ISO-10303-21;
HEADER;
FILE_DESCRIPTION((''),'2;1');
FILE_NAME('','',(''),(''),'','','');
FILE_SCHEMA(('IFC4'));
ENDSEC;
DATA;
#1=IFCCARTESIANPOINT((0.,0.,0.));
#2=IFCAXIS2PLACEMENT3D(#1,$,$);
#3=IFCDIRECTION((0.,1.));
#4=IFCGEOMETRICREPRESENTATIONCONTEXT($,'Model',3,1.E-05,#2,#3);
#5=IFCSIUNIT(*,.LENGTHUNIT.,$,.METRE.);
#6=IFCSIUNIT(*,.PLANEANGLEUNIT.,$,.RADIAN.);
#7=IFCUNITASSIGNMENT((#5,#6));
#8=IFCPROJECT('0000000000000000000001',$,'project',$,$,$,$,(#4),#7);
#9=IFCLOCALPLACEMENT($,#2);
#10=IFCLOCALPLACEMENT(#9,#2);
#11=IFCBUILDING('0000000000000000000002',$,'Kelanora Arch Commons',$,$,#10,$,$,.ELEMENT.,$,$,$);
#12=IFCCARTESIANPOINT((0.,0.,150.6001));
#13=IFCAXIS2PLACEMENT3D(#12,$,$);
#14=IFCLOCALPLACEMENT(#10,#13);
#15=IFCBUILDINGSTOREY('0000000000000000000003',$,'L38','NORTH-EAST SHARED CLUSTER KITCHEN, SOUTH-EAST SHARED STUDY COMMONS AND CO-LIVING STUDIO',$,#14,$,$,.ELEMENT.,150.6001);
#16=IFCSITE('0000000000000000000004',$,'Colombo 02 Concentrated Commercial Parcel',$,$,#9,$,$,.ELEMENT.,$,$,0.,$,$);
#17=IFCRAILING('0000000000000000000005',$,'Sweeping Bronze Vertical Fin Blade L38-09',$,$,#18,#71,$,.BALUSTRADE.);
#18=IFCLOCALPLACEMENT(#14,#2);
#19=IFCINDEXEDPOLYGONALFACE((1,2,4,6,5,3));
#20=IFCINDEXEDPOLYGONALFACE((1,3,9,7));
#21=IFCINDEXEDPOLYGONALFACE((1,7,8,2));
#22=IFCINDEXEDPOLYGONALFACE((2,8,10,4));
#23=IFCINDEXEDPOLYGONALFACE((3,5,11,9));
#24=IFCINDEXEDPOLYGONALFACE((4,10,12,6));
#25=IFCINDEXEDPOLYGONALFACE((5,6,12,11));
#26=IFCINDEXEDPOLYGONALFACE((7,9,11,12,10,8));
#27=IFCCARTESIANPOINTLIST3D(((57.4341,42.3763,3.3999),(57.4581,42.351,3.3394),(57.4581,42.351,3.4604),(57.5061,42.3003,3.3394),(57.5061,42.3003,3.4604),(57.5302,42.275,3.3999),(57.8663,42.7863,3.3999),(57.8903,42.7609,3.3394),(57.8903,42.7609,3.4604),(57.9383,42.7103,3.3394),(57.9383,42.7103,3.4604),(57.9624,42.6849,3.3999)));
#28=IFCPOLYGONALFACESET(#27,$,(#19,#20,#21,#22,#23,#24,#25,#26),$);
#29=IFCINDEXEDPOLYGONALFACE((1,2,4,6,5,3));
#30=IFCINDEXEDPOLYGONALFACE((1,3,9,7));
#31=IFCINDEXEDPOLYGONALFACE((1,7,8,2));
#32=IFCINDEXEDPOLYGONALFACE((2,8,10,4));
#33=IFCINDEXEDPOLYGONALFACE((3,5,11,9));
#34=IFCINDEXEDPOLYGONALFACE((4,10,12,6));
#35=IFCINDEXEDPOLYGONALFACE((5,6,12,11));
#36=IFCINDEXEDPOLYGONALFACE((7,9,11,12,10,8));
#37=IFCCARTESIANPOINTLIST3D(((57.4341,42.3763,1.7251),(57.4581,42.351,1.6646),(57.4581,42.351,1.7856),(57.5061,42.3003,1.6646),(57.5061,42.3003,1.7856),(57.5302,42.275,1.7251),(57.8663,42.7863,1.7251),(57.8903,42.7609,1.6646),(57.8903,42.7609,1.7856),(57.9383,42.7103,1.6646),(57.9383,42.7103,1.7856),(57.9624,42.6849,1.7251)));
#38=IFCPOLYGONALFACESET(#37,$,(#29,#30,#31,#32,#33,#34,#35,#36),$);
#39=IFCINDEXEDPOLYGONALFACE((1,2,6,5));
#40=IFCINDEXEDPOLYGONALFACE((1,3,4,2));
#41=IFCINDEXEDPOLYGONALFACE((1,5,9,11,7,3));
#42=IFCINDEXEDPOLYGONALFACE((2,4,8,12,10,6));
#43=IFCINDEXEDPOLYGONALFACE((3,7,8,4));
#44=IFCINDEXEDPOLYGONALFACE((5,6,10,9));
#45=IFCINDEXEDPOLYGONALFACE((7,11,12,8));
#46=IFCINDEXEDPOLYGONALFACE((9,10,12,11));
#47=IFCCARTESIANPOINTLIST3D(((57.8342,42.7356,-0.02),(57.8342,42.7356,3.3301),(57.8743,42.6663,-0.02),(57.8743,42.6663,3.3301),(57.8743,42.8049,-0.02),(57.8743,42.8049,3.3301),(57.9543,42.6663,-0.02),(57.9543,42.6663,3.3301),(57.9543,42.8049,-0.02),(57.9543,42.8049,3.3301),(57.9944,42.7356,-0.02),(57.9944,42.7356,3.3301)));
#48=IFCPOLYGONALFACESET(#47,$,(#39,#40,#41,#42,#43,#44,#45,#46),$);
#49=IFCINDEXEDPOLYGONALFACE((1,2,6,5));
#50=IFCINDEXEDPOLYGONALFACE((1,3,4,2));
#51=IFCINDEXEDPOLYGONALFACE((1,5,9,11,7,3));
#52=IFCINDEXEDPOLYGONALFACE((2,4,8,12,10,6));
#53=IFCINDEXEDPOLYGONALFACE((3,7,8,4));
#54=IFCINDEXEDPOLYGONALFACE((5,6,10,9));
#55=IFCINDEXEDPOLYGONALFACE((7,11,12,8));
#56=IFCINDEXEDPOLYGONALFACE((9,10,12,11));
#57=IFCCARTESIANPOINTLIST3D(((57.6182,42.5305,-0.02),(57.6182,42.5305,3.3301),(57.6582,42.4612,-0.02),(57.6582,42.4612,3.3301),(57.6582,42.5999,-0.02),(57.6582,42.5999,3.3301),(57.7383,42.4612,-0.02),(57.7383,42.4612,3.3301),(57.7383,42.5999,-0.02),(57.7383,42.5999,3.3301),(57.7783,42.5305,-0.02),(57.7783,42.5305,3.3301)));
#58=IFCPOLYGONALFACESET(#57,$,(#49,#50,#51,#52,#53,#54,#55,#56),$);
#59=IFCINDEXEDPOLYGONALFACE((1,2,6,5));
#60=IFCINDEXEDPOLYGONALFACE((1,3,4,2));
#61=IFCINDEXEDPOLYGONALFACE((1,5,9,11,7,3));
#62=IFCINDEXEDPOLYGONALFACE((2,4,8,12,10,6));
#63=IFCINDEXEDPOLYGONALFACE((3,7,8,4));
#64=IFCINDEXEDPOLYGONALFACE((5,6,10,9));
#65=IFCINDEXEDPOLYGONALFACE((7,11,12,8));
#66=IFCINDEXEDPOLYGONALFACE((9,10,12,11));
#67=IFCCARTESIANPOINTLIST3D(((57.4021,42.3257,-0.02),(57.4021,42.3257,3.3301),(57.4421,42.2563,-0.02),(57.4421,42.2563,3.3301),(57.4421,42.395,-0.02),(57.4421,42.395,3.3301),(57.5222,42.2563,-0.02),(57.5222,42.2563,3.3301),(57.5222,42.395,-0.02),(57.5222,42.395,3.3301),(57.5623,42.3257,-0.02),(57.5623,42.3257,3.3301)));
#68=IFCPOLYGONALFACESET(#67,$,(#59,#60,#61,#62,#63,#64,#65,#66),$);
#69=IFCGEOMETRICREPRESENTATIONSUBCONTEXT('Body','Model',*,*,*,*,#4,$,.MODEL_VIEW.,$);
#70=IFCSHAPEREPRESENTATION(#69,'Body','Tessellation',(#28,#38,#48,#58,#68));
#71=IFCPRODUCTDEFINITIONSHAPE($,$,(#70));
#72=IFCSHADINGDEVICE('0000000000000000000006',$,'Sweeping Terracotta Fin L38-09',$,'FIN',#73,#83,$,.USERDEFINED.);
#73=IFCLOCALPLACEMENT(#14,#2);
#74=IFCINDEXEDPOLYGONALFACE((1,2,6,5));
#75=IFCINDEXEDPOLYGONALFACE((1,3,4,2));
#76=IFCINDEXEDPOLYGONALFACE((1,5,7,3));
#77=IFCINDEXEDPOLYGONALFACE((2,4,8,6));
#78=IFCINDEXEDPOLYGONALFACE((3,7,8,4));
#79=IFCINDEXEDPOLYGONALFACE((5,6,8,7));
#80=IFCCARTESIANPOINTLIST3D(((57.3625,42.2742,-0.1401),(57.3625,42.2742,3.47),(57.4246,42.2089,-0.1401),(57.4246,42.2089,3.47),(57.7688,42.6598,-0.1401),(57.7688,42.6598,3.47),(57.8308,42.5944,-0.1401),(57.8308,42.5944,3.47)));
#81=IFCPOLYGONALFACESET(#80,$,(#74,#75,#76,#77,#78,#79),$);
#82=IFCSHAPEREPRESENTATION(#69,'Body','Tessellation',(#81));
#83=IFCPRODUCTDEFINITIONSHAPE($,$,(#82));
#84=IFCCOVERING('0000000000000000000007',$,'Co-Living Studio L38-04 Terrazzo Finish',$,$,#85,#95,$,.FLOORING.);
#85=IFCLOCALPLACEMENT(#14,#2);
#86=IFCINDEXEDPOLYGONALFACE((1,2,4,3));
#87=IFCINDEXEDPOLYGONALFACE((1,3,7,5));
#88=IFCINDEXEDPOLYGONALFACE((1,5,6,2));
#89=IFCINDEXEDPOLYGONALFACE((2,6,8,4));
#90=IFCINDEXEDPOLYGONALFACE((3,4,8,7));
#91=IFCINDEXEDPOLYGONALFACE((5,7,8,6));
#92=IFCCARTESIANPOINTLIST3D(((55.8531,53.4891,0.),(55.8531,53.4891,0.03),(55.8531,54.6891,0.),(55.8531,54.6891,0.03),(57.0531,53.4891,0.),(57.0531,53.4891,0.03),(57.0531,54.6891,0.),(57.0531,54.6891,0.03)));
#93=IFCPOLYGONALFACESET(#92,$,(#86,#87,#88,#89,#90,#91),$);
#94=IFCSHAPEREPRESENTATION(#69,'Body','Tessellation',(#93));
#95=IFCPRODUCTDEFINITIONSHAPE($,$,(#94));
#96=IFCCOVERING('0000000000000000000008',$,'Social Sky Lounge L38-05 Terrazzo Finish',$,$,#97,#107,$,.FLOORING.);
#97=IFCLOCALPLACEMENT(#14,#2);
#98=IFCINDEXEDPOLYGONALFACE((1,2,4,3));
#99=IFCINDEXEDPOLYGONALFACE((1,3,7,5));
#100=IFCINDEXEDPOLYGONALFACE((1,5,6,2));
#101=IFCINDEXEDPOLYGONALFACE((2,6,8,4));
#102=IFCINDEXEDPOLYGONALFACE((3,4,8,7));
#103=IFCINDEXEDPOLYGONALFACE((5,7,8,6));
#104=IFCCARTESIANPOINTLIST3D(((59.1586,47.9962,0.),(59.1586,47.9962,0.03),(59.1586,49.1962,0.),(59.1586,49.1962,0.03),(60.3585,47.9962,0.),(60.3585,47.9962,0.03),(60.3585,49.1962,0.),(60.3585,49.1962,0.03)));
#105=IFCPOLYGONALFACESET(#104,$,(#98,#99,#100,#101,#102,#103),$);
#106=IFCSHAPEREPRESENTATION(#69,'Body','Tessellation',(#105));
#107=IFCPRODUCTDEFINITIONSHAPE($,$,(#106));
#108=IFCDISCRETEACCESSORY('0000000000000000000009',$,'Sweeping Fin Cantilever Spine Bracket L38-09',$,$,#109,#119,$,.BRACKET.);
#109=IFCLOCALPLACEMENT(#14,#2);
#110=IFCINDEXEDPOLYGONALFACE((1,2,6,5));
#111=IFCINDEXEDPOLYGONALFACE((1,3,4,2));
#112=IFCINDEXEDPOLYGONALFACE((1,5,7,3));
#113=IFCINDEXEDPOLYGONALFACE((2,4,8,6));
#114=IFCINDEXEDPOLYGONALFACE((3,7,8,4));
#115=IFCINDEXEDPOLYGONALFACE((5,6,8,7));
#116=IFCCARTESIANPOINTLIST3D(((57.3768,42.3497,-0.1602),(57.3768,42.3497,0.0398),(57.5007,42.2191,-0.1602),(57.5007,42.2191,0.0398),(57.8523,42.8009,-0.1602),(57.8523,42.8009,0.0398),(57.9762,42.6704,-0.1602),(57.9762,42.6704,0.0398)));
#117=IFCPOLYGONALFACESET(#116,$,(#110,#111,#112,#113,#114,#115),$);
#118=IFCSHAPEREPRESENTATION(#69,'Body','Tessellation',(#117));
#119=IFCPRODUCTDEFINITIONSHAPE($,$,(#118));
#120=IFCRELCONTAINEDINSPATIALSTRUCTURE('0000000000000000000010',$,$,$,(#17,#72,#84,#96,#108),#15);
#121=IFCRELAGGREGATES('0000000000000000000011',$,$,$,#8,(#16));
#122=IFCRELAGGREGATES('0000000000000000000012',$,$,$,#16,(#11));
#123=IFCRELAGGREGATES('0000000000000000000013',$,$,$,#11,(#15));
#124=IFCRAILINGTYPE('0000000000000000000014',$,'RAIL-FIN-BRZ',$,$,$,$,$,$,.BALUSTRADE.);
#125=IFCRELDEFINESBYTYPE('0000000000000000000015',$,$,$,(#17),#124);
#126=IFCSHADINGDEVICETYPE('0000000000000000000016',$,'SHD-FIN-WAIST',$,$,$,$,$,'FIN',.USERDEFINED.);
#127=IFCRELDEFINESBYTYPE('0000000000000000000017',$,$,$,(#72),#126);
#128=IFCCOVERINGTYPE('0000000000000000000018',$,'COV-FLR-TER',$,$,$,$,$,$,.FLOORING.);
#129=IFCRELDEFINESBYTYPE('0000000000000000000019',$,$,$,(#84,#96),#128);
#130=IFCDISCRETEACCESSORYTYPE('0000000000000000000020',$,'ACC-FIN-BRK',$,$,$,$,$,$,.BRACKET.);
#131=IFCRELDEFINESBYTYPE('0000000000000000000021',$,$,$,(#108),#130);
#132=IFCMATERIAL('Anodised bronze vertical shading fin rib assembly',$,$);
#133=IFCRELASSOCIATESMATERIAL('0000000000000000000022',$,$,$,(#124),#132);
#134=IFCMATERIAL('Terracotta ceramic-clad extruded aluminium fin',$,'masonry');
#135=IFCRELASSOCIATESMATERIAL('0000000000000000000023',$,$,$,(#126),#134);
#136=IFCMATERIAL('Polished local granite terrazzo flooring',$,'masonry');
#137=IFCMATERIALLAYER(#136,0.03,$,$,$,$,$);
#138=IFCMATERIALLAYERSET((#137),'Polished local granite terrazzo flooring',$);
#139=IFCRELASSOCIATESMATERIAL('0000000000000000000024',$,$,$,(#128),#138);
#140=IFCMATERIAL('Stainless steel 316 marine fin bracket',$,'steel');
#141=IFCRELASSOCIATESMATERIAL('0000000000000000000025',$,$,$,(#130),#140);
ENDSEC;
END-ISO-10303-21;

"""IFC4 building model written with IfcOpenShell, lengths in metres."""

from ifc_helpers import new_model, si_unit, direction, frame, origin, origin_2d, place, context, subcontext, project, spatial, polyline, rectangle, outline, extrude, source, transform, mapped, material, layer, layer_set, type_object, element, save


model = new_model("IFC4")

# Units and contexts
model_context = context("Model", 3, precision=1e-05, world=origin(), true_north=direction((0.0, 1.0)))
body_context = subcontext(model_context, "Body", "Model", "MODEL_VIEW")
ifc_project = project(units=[si_unit("LENGTHUNIT", "METRE"), si_unit("PLANEANGLEUNIT", "RADIAN")], contexts=[model_context])

# Site, building, storey
site_placement = place(None, origin())
site = spatial("IfcSite", under=ifc_project, at=site_placement, Name="Colombo 02 Concentrated Commercial Parcel", CompositionType="ELEMENT", RefElevation=0.0)
building_placement = place(site_placement, origin())
building = spatial("IfcBuilding", under=site, at=building_placement, Name="Kelanora Arch Commons", CompositionType="ELEMENT")
storey_placement = place(building_placement, frame((0.0, 0.0, 150.6001)))
storey = spatial("IfcBuildingStorey", under=building, at=storey_placement, Name="L38", Description="NORTH-EAST SHARED CLUSTER KITCHEN, SOUTH-EAST SHARED STUDY COMMONS AND CO-LIVING STUDIO", CompositionType="ELEMENT", Elevation=150.6001)

# Railing
ifc_material_1 = material(Name="Anodised bronze vertical shading fin rib assembly")
railing_type = type_object("IfcRailingType", Name="RAIL-FIN-BRZ", PredefinedType="BALUSTRADE", material=ifc_material_1)
railing_placement = place(storey_placement, frame((57.9143, 42.7356, -0.02)))
element("IfcRailing", 1, at=railing_placement, inside=storey, type_object=railing_type, Name="Sweeping Bronze Vertical Fin Blade L38-09", PredefinedType="BALUSTRADE", context=body_context, shape_type="SweptSolid", body=[
    extrude(outline(polyline([(0.0698, 0.0), (0.0349, 0.0605), (-0.0349, 0.0605), (-0.0698, 0.0), (-0.0349, -0.0605), (0.0349, -0.0605), (0.0698, 0.0)])), frame((0.0, 0.0, 3.4199), z_axis=(-0.725511, -0.688211, 0.0), x_axis=(0.688211, -0.725511, 0.0)), (0.0, 0.0, 1.0), 0.5957),
    extrude(outline(polyline([(0.0698, 0.0), (0.0349, 0.0605), (-0.0349, 0.0605), (-0.0698, 0.0), (-0.0349, -0.0605), (0.0349, -0.0605), (0.0698, 0.0)])), frame((0.0, 0.0, 1.7451), z_axis=(-0.725511, -0.688211, 0.0), x_axis=(0.688211, -0.725511, 0.0)), (0.0, 0.0, 1.0), 0.5957),
    extrude(outline(polyline([(0.0801, 0.0), (0.04, 0.0693), (-0.04, 0.0693), (-0.0801, 0.0), (-0.04, -0.0693), (0.04, -0.0693), (0.0801, 0.0)])), origin(), (0.0, 0.0, 1.0), 3.3501),
    extrude(outline(polyline([(0.0801, 0.0), (0.04, 0.0693), (-0.04, 0.0693), (-0.0801, 0.0), (-0.04, -0.0693), (0.04, -0.0693), (0.0801, 0.0)])), frame((-0.2161, -0.2051, 0.0)), (0.0, 0.0, 1.0), 3.3501),
    extrude(outline(polyline([(0.0801, 0.0), (0.04, 0.0693), (-0.04, 0.0693), (-0.0801, 0.0), (-0.04, -0.0693), (0.04, -0.0693), (0.0801, 0.0)])), frame((-0.4321, -0.4099, 0.0)), (0.0, 0.0, 1.0), 3.3501),
])

# Shading device
ifc_material_2 = material(Name="Terracotta ceramic-clad extruded aluminium fin", Category="masonry")
shading_device_type = type_object("IfcShadingDeviceType", Name="SHD-FIN-WAIST", ElementType="FIN", PredefinedType="USERDEFINED", material=ifc_material_2)
shared_shape_1 = source(origin(), body_context, "Body", "SweptSolid", [
    extrude(rectangle(XDim=0.5601, YDim=0.0901, at=origin_2d()), origin(), (0.0, 0.0, 1.0), 3.6101),
])
shading_device_placement = place(storey_placement, frame((57.5967, 42.4343, -0.1401), z_axis=(0.0, 0.0, 1.0), x_axis=(-0.725374, -0.688355, 0.0)))
element("IfcShadingDevice", 2, at=shading_device_placement, inside=storey, type_object=shading_device_type, Name="Sweeping Terracotta Fin L38-09", ObjectType="FIN", PredefinedType="USERDEFINED", context=body_context, shape_type="MappedRepresentation", body=[
    mapped(shared_shape_1, transform((0.0, 0.0, 0.0), scale=1.0)),
])

# Coverings
ifc_material_3 = material(Name="Polished local granite terrazzo flooring", Category="masonry")
ifc_layer_1 = layer(ifc_material_3, 0.03)
ifc_layer_set_1 = layer_set([ifc_layer_1], Name="Polished local granite terrazzo flooring")
covering_type = type_object("IfcCoveringType", Name="COV-FLR-TER", PredefinedType="FLOORING", material=ifc_layer_set_1)
shared_shape_2 = source(origin(), body_context, "Body", "SweptSolid", [
    extrude(rectangle(XDim=1.2, YDim=1.2, at=origin_2d()), origin(), (0.0, 0.0, 1.0), 0.03),
])
for number, where, z_axis, x_axis, name in (
    (3, (56.4531, 54.0891, 0.0), (0.0, 0.0, 1.0), (1.0, 0.0, 0.0), "Co-Living Studio L38-04 Terrazzo Finish"),
    (4, (59.7585, 48.5962, 0.0), (0.0, 0.0, 1.0), (1.0, 0.0, 0.0), "Social Sky Lounge L38-05 Terrazzo Finish"),
):
    element("IfcCovering", number, at=place(storey_placement, frame(where, z_axis=z_axis, x_axis=x_axis)), inside=storey, type_object=covering_type, Name=name, PredefinedType="FLOORING", context=body_context, shape_type="MappedRepresentation", body=[
        mapped(shared_shape_2, transform((0.0, 0.0, 0.0), scale=1.0)),
    ])

# Discrete accessory
ifc_material_4 = material(Name="Stainless steel 316 marine fin bracket", Category="steel")
discrete_accessory_type = type_object("IfcDiscreteAccessoryType", Name="ACC-FIN-BRK", PredefinedType="BRACKET", material=ifc_material_4)
shared_shape_3 = source(origin(), body_context, "Body", "SweptSolid", [
    extrude(rectangle(XDim=0.6555, YDim=0.1799, at=origin_2d()), origin(), (0.0, 0.0, 1.0), 0.2),
])
discrete_accessory_placement = place(storey_placement, frame((57.6765, 42.51, -0.1602), z_axis=(0.0, 0.0, 1.0), x_axis=(-0.725374, -0.688355, 0.0)))
element("IfcDiscreteAccessory", 5, at=discrete_accessory_placement, inside=storey, type_object=discrete_accessory_type, Name="Sweeping Fin Cantilever Spine Bracket L38-09", PredefinedType="BRACKET", context=body_context, shape_type="MappedRepresentation", body=[
    mapped(shared_shape_3, transform((0.0, 0.0, 0.0), scale=1.0)),
])

save(model, "model.ifc")
